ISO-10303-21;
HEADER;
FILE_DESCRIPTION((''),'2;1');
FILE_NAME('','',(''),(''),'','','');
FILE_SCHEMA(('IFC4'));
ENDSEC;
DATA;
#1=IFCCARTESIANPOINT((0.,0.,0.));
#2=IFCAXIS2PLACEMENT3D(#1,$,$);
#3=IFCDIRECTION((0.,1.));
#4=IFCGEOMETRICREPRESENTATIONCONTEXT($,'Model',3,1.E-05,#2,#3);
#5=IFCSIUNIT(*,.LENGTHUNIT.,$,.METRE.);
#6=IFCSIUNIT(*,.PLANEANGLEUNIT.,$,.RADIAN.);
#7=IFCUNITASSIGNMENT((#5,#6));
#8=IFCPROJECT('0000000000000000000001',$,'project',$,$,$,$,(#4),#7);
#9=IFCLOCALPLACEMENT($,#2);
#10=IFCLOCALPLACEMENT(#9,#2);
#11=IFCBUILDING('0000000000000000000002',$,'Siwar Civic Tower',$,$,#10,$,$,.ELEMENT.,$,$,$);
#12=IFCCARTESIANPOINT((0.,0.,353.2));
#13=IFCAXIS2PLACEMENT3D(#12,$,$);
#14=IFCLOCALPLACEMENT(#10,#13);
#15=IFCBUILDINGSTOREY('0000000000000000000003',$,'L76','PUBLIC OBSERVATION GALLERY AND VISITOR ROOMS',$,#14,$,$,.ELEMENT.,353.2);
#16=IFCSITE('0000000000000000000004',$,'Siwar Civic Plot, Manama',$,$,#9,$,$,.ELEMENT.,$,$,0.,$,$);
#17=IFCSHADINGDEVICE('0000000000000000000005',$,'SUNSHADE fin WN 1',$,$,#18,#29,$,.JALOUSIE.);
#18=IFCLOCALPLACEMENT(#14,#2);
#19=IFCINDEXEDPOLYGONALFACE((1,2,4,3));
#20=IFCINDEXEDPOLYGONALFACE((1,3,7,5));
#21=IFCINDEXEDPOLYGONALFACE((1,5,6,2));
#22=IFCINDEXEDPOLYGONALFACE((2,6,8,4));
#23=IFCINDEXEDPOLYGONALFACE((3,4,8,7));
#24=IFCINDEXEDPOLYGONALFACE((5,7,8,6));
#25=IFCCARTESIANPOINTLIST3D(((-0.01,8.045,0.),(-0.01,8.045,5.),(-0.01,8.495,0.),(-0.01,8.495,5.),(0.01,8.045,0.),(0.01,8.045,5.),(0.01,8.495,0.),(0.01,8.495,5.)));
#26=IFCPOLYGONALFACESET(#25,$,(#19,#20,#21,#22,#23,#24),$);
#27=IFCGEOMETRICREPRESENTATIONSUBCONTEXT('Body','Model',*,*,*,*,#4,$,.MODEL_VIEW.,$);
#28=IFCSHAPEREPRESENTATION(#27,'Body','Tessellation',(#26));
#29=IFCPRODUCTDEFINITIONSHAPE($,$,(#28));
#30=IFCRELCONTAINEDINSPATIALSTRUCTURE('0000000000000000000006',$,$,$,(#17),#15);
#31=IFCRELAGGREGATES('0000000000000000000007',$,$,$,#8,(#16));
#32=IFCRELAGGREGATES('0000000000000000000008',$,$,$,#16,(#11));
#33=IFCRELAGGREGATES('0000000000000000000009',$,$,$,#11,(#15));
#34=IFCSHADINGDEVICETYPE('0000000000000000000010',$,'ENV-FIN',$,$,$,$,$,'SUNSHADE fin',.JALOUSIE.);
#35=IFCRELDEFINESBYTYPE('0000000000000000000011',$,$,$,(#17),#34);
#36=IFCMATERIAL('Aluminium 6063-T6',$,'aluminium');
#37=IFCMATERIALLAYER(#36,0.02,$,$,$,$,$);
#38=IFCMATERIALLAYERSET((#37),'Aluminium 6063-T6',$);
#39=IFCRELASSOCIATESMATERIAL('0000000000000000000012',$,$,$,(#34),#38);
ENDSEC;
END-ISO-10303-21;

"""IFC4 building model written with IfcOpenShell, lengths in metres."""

from ifc_helpers import new_model, si_unit, direction, frame, origin, origin_2d, place, context, subcontext, project, spatial, rectangle, extrude, material, layer, layer_set, type_object, element, save


model = new_model("IFC4")

# Units and contexts
model_context = context("Model", 3, precision=1e-05, world=origin(), true_north=direction((0.0, 1.0)))
body_context = subcontext(model_context, "Body", "Model", "MODEL_VIEW")
ifc_project = project(units=[si_unit("LENGTHUNIT", "METRE"), si_unit("PLANEANGLEUNIT", "RADIAN")], contexts=[model_context])

# Site, building, storey
site_placement = place(None, origin())
site = spatial("IfcSite", under=ifc_project, at=site_placement, Name="Siwar Civic Plot, Manama", CompositionType="ELEMENT", RefElevation=0.0)
building_placement = place(site_placement, origin())
building = spatial("IfcBuilding", under=site, at=building_placement, Name="Siwar Civic Tower", CompositionType="ELEMENT")
storey_placement = place(building_placement, frame((0.0, 0.0, 353.2)))
storey = spatial("IfcBuildingStorey", under=building, at=storey_placement, Name="L76", Description="PUBLIC OBSERVATION GALLERY AND VISITOR ROOMS", CompositionType="ELEMENT", Elevation=353.2)

# Shading device
ifc_material_1 = material(Name="Aluminium 6063-T6", Category="aluminium")
ifc_layer_1 = layer(ifc_material_1, 0.02)
ifc_layer_set_1 = layer_set([ifc_layer_1], Name="Aluminium 6063-T6")
shading_device_type = type_object("IfcShadingDeviceType", Name="ENV-FIN", ElementType="SUNSHADE fin", PredefinedType="JALOUSIE", material=ifc_layer_set_1)
shading_device_placement = place(storey_placement, frame((0.0, 8.27, 0.0), z_axis=(0.0, 0.0, 1.0), x_axis=(-1.0, 0.0, 0.0)))
element("IfcShadingDevice", 1, at=shading_device_placement, inside=storey, type_object=shading_device_type, Name="SUNSHADE fin WN 1", PredefinedType="JALOUSIE", context=body_context, shape_type="SweptSolid", body=[
    extrude(rectangle(XDim=0.02, YDim=0.45, at=origin_2d()), origin(), (0.0, 0.0, 1.0), 5.0),
])

save(model, "model.ifc")
